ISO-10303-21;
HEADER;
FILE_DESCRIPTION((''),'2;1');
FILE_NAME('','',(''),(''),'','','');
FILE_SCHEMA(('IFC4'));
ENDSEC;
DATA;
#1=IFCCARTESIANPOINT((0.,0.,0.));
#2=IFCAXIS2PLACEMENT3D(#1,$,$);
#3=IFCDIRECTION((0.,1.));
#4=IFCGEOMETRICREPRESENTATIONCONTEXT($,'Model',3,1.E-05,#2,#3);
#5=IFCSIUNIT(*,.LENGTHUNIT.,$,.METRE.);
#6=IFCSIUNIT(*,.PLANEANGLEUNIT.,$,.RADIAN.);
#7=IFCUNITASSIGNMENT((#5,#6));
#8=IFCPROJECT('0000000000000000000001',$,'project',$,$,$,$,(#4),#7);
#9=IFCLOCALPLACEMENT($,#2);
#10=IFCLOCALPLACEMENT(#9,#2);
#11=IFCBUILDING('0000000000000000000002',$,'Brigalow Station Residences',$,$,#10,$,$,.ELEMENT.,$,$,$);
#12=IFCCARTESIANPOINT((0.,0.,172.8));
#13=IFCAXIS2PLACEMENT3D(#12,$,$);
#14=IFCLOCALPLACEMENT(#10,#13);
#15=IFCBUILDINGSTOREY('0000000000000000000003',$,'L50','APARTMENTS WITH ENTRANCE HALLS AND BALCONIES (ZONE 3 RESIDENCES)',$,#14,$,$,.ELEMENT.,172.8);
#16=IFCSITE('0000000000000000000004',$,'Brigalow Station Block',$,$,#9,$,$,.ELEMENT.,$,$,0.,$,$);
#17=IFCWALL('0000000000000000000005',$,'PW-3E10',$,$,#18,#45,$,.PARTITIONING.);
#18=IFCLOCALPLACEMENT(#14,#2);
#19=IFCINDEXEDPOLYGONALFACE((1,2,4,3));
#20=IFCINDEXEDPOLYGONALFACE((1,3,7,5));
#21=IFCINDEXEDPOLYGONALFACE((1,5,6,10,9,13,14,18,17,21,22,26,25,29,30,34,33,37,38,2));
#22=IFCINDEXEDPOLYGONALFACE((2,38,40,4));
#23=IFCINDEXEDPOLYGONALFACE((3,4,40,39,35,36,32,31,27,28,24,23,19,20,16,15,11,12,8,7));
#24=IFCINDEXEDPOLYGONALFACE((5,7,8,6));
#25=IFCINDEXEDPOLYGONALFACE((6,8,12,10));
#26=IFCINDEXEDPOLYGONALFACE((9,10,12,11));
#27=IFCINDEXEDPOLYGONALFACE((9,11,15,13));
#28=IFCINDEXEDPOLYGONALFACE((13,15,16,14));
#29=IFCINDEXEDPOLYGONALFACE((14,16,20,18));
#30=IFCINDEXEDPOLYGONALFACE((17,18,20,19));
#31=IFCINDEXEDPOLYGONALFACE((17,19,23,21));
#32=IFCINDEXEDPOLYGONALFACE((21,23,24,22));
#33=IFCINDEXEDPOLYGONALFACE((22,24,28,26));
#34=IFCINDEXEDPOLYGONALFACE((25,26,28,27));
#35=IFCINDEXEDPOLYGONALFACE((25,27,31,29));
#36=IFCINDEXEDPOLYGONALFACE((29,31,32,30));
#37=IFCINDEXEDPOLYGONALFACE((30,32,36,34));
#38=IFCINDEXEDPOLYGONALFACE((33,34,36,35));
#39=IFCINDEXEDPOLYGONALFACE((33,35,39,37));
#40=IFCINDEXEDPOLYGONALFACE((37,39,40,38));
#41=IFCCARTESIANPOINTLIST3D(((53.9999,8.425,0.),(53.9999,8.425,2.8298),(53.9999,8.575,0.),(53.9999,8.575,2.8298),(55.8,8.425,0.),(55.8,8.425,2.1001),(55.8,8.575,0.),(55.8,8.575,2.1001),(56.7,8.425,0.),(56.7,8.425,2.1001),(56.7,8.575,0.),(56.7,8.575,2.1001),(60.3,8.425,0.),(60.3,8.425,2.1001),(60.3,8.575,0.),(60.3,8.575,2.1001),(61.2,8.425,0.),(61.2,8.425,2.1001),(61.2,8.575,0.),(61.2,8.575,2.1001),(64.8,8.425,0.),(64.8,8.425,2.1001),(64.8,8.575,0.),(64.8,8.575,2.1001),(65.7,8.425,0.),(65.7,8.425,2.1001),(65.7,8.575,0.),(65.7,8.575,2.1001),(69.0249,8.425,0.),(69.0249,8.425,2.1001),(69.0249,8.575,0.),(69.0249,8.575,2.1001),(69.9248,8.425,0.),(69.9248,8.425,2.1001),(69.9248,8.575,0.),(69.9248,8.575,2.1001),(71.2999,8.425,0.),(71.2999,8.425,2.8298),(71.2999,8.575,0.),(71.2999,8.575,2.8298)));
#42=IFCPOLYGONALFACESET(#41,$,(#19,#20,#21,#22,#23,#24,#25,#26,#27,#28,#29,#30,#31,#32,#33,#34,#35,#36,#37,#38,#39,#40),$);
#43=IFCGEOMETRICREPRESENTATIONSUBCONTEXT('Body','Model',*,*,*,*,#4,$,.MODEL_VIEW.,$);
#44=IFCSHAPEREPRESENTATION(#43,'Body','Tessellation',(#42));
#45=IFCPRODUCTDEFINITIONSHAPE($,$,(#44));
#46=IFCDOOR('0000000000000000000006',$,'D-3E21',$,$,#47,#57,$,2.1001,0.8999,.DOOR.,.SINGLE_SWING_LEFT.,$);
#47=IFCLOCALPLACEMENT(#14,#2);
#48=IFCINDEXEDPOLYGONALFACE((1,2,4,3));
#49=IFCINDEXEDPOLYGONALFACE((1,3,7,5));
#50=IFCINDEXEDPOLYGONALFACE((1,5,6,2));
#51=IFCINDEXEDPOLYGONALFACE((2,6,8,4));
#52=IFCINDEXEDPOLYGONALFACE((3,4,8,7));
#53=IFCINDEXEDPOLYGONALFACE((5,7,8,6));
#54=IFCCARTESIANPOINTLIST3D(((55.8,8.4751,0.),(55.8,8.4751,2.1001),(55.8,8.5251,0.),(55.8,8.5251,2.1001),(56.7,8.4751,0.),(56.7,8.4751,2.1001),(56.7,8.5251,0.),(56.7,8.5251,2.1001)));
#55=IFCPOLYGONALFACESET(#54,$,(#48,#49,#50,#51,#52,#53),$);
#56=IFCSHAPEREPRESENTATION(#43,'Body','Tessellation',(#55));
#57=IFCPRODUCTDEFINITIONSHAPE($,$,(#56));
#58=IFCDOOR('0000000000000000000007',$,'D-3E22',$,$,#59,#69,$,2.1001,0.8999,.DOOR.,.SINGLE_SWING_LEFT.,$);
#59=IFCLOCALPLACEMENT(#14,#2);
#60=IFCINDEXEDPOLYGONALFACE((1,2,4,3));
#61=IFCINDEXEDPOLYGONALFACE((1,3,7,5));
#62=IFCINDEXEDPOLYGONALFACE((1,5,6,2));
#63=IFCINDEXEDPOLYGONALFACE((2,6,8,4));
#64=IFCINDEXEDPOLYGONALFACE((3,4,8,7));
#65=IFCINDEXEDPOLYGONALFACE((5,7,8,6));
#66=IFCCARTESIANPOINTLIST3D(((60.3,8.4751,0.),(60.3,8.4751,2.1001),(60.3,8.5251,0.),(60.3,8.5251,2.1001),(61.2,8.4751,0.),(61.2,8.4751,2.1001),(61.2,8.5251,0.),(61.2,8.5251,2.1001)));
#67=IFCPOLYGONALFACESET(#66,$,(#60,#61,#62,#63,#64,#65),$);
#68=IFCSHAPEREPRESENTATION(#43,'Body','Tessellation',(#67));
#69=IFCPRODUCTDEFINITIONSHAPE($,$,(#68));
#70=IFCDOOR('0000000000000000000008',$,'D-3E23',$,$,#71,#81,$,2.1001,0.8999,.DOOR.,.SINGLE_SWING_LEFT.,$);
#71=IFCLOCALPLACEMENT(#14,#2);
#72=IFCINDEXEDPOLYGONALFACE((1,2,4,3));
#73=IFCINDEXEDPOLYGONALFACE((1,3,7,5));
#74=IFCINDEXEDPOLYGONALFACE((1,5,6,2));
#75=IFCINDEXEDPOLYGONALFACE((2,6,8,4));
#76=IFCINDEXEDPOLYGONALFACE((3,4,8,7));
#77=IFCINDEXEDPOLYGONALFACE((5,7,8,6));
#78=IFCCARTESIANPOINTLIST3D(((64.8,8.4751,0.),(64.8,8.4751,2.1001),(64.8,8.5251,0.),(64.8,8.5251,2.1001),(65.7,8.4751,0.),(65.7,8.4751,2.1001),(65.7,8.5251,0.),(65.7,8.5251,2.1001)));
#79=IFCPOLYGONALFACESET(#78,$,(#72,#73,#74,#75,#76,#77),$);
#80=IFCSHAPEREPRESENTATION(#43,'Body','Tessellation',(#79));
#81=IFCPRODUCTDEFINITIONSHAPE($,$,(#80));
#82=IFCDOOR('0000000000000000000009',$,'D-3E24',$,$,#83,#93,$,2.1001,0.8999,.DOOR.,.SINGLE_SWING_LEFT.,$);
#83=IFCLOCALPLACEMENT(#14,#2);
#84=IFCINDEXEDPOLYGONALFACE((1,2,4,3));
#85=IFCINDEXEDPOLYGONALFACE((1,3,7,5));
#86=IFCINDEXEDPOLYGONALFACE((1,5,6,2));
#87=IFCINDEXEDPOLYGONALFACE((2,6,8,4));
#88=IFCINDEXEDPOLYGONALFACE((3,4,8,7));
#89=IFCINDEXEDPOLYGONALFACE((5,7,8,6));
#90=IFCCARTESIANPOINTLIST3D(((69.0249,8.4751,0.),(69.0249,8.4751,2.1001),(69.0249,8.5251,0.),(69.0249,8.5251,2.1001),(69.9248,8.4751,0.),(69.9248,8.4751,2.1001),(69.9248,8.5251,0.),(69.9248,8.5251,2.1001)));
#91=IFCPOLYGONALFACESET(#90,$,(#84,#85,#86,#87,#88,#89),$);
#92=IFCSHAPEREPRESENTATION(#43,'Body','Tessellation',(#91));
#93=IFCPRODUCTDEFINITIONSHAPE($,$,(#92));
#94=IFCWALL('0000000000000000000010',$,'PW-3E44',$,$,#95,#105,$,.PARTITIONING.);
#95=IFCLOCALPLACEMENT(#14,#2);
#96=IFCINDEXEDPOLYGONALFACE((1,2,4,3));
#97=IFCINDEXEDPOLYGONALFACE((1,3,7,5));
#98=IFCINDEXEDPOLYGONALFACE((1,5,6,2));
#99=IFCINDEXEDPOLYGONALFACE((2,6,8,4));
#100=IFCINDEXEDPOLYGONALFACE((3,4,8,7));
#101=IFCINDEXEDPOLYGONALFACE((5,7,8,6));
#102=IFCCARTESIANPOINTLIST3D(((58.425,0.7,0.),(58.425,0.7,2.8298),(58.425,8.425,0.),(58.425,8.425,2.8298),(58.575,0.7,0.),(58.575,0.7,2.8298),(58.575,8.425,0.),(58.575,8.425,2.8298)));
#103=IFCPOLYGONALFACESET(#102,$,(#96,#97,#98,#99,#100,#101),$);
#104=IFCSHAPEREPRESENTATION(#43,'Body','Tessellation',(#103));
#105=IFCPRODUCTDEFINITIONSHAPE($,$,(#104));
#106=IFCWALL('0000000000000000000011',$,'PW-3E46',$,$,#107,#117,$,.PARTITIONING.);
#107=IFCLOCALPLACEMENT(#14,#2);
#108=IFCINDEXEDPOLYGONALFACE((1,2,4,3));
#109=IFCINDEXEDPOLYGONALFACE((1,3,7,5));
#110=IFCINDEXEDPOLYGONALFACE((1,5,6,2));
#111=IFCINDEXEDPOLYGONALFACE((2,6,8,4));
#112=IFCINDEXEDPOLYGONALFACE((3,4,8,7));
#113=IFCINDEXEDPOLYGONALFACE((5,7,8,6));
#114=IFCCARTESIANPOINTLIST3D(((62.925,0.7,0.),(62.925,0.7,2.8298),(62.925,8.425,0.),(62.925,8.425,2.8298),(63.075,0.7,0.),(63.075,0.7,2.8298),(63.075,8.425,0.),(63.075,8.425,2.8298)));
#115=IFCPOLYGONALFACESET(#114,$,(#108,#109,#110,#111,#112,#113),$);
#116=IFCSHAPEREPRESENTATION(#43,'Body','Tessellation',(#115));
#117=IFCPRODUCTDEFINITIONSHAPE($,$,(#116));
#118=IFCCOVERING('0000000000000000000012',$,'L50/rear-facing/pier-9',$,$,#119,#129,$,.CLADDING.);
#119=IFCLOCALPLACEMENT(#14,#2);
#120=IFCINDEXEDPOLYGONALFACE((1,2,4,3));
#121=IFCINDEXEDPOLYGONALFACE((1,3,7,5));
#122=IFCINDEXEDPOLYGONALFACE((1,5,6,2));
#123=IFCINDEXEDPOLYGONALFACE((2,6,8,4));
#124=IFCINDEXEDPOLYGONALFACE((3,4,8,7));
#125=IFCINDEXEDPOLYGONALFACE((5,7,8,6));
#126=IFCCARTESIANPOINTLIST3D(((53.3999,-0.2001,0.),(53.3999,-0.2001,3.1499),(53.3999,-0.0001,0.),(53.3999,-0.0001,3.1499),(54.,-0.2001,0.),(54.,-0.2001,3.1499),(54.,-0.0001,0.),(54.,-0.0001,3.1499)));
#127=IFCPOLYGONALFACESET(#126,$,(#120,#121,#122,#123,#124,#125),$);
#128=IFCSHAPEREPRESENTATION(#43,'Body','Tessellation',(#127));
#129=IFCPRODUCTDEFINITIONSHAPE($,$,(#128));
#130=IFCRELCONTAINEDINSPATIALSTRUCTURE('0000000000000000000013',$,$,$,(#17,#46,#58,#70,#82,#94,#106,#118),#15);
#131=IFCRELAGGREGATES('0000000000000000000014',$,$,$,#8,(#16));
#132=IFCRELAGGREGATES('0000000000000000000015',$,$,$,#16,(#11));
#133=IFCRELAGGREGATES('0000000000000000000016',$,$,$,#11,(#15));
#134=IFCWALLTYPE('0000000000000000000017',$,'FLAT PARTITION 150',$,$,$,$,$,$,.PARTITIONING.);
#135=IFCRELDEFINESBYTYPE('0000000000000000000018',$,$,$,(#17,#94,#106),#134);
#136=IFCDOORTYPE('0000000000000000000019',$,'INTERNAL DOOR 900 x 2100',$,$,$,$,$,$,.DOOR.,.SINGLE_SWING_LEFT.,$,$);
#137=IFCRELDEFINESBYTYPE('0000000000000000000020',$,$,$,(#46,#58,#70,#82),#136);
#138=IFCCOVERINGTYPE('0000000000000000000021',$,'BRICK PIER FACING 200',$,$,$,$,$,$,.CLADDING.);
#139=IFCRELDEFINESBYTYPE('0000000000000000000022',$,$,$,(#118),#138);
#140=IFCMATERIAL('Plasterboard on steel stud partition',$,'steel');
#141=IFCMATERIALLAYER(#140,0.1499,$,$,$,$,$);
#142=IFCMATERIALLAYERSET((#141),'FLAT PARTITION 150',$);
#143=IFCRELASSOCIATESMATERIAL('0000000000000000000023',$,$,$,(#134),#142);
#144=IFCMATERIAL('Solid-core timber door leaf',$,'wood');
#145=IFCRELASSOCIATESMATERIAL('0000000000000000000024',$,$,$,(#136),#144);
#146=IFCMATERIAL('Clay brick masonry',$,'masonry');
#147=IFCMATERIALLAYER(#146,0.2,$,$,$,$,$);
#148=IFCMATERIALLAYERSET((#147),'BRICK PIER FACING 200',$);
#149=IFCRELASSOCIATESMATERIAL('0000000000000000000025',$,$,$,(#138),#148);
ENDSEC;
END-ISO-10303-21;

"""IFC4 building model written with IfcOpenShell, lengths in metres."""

from ifc_helpers import new_model, si_unit, direction, frame, frame_2d, origin, origin_2d, place, context, subcontext, project, spatial, rectangle, extrude, material, layer, layer_set, type_object, element, fill, save


model = new_model("IFC4")

# Units and contexts
model_context = context("Model", 3, precision=1e-05, world=origin(), true_north=direction((0.0, 1.0)))
body_context = subcontext(model_context, "Body", "Model", "MODEL_VIEW")
ifc_project = project(units=[si_unit("LENGTHUNIT", "METRE"), si_unit("PLANEANGLEUNIT", "RADIAN")], contexts=[model_context])

# Site, building, storey
site_placement = place(None, origin())
site = spatial("IfcSite", under=ifc_project, at=site_placement, Name="Brigalow Station Block", CompositionType="ELEMENT", RefElevation=0.0)
building_placement = place(site_placement, origin())
building = spatial("IfcBuilding", under=site, at=building_placement, Name="Brigalow Station Residences", CompositionType="ELEMENT")
storey_placement = place(building_placement, frame((0.0, 0.0, 172.8)))
storey = spatial("IfcBuildingStorey", under=building, at=storey_placement, Name="L50", Description="APARTMENTS WITH ENTRANCE HALLS AND BALCONIES (ZONE 3 RESIDENCES)", CompositionType="ELEMENT", Elevation=172.8)

# Wall, openings, doors
ifc_material_1 = material(Name="Plasterboard on steel stud partition", Category="steel")
ifc_layer_1 = layer(ifc_material_1, 0.1499)
ifc_layer_set_1 = layer_set([ifc_layer_1], Name="FLAT PARTITION 150")
wall_type_1 = type_object("IfcWallType", Name="FLAT PARTITION 150", PredefinedType="PARTITIONING", material=ifc_layer_set_1)
wall_1_placement = place(storey_placement, frame((54.0, 8.5, 0.0), z_axis=(0.0, 0.0, 1.0), x_axis=(1.0, 0.0, 0.0)))
wall_1 = element("IfcWall", 1, at=wall_1_placement, inside=storey, type_object=wall_type_1, Name="PW-3E10", PredefinedType="PARTITIONING", context=body_context, shape_type="SweptSolid", body=[
    extrude(rectangle(XDim=17.3, YDim=0.1499, at=frame_2d((8.6499, 0.0))), origin(), (0.0, 0.0, 1.0), 2.8298),
])
opening_1_placement = place(wall_1_placement, frame((1.8, 0.0, 0.0)))
opening_1 = element("IfcOpeningElement", 2, at=opening_1_placement, cuts=wall_1, PredefinedType="OPENING", context=body_context, shape_type="SweptSolid", body=[
    extrude(rectangle(XDim=0.8999, YDim=2.1001, at=frame_2d((0.45, 1.05))), frame((0.0, 0.085, 0.0), z_axis=(0.0, -1.0, 0.0), x_axis=(1.0, 0.0, 0.0)), (0.0, 0.0, 1.0), 0.1699),
])
opening_2_placement = place(wall_1_placement, frame((6.3, 0.0, 0.0)))
opening_2 = element("IfcOpeningElement", 3, at=opening_2_placement, cuts=wall_1, PredefinedType="OPENING", context=body_context, shape_type="SweptSolid", body=[
    extrude(rectangle(XDim=0.8999, YDim=2.1001, at=frame_2d((0.45, 1.05))), frame((0.0, 0.085, 0.0), z_axis=(0.0, -1.0, 0.0), x_axis=(1.0, 0.0, 0.0)), (0.0, 0.0, 1.0), 0.1699),
])
opening_3_placement = place(wall_1_placement, frame((10.8, 0.0, 0.0)))
opening_3 = element("IfcOpeningElement", 4, at=opening_3_placement, cuts=wall_1, PredefinedType="OPENING", context=body_context, shape_type="SweptSolid", body=[
    extrude(rectangle(XDim=0.8999, YDim=2.1001, at=frame_2d((0.45, 1.05))), frame((0.0, 0.085, 0.0), z_axis=(0.0, -1.0, 0.0), x_axis=(1.0, 0.0, 0.0)), (0.0, 0.0, 1.0), 0.1699),
])
opening_4_placement = place(wall_1_placement, frame((15.0249, 0.0, 0.0)))
opening_4 = element("IfcOpeningElement", 5, at=opening_4_placement, cuts=wall_1, PredefinedType="OPENING", context=body_context, shape_type="SweptSolid", body=[
    extrude(rectangle(XDim=0.8999, YDim=2.1001, at=frame_2d((0.45, 1.05))), frame((0.0, 0.085, 0.0), z_axis=(0.0, -1.0, 0.0), x_axis=(1.0, 0.0, 0.0)), (0.0, 0.0, 1.0), 0.1699),
])
ifc_material_2 = material(Name="Solid-core timber door leaf", Category="wood")
door_type = type_object("IfcDoorType", Name="INTERNAL DOOR 900 x 2100", OperationType="SINGLE_SWING_LEFT", PredefinedType="DOOR", material=ifc_material_2)
door_1_placement = place(opening_1_placement, frame((0.8999, 0.0, 0.0), z_axis=(0.0, 0.0, 1.0), x_axis=(-1.0, 0.0, 0.0)))
door_1 = element("IfcDoor", 6, at=door_1_placement, inside=storey, type_object=door_type, Name="D-3E21", OperationType="SINGLE_SWING_LEFT", OverallHeight=2.1001, OverallWidth=0.8999, PredefinedType="DOOR", context=body_context, shape_type="SweptSolid", body=[
    extrude(rectangle(XDim=0.8999, YDim=2.1001, at=frame_2d((0.45, 1.05))), frame((0.0, 0.0249, 0.0), z_axis=(0.0, -1.0, 0.0), x_axis=(1.0, 0.0, 0.0)), (0.0, 0.0, 1.0), 0.05),
])
fill(opening_1, door_1)
door_2_placement = place(opening_2_placement, frame((0.8999, 0.0, 0.0), z_axis=(0.0, 0.0, 1.0), x_axis=(-1.0, 0.0, 0.0)))
door_2 = element("IfcDoor", 7, at=door_2_placement, inside=storey, type_object=door_type, Name="D-3E22", OperationType="SINGLE_SWING_LEFT", OverallHeight=2.1001, OverallWidth=0.8999, PredefinedType="DOOR", context=body_context, shape_type="SweptSolid", body=[
    extrude(rectangle(XDim=0.8999, YDim=2.1001, at=frame_2d((0.45, 1.05))), frame((0.0, 0.0249, 0.0), z_axis=(0.0, -1.0, 0.0), x_axis=(1.0, 0.0, 0.0)), (0.0, 0.0, 1.0), 0.05),
])
fill(opening_2, door_2)
door_3_placement = place(opening_3_placement, frame((0.8999, 0.0, 0.0), z_axis=(0.0, 0.0, 1.0), x_axis=(-1.0, 0.0, 0.0)))
door_3 = element("IfcDoor", 8, at=door_3_placement, inside=storey, type_object=door_type, Name="D-3E23", OperationType="SINGLE_SWING_LEFT", OverallHeight=2.1001, OverallWidth=0.8999, PredefinedType="DOOR", context=body_context, shape_type="SweptSolid", body=[
    extrude(rectangle(XDim=0.8999, YDim=2.1001, at=frame_2d((0.45, 1.05))), frame((0.0, 0.0249, 0.0), z_axis=(0.0, -1.0, 0.0), x_axis=(1.0, 0.0, 0.0)), (0.0, 0.0, 1.0), 0.05),
])
fill(opening_3, door_3)
door_4_placement = place(opening_4_placement, frame((0.8999, 0.0, 0.0), z_axis=(0.0, 0.0, 1.0), x_axis=(-1.0, 0.0, 0.0)))
door_4 = element("IfcDoor", 9, at=door_4_placement, inside=storey, type_object=door_type, Name="D-3E24", OperationType="SINGLE_SWING_LEFT", OverallHeight=2.1001, OverallWidth=0.8999, PredefinedType="DOOR", context=body_context, shape_type="SweptSolid", body=[
    extrude(rectangle(XDim=0.8999, YDim=2.1001, at=frame_2d((0.45, 1.05))), frame((0.0, 0.0249, 0.0), z_axis=(0.0, -1.0, 0.0), x_axis=(1.0, 0.0, 0.0)), (0.0, 0.0, 1.0), 0.05),
])
fill(opening_4, door_4)

# Walls
for number, where, z_axis, x_axis, name in (
    (10, (58.5, 0.7, 0.0), (0.0, 0.0, 1.0), (0.0, 1.0, 0.0), "PW-3E44"),
    (11, (63.0, 0.7, 0.0), (0.0, 0.0, 1.0), (0.0, 1.0, 0.0), "PW-3E46"),
):
    element("IfcWall", number, at=place(storey_placement, frame(where, z_axis=z_axis, x_axis=x_axis)), inside=storey, type_object=wall_type_1, Name=name, PredefinedType="PARTITIONING", context=body_context, shape_type="SweptSolid", body=[
        extrude(rectangle(XDim=7.7251, YDim=0.1499, at=frame_2d((3.8625, 0.0))), origin(), (0.0, 0.0, 1.0), 2.8298),
    ])

# Covering
ifc_material_3 = material(Name="Clay brick masonry", Category="masonry")
ifc_layer_2 = layer(ifc_material_3, 0.2)
ifc_layer_set_2 = layer_set([ifc_layer_2], Name="BRICK PIER FACING 200")
covering_type = type_object("IfcCoveringType", Name="BRICK PIER FACING 200", PredefinedType="CLADDING", material=ifc_layer_set_2)
covering_placement = place(storey_placement, frame((53.7, -0.1001, 0.0), z_axis=(0.0, 0.0, 1.0), x_axis=(1.0, 0.0, 0.0)))
element("IfcCovering", 12, at=covering_placement, inside=storey, type_object=covering_type, Name="L50/rear-facing/pier-9", PredefinedType="CLADDING", context=body_context, shape_type="SweptSolid", body=[
    extrude(rectangle(XDim=0.6001, YDim=0.2, at=origin_2d()), origin(), (0.0, 0.0, 1.0), 3.1499),
])

save(model, "model.ifc")
